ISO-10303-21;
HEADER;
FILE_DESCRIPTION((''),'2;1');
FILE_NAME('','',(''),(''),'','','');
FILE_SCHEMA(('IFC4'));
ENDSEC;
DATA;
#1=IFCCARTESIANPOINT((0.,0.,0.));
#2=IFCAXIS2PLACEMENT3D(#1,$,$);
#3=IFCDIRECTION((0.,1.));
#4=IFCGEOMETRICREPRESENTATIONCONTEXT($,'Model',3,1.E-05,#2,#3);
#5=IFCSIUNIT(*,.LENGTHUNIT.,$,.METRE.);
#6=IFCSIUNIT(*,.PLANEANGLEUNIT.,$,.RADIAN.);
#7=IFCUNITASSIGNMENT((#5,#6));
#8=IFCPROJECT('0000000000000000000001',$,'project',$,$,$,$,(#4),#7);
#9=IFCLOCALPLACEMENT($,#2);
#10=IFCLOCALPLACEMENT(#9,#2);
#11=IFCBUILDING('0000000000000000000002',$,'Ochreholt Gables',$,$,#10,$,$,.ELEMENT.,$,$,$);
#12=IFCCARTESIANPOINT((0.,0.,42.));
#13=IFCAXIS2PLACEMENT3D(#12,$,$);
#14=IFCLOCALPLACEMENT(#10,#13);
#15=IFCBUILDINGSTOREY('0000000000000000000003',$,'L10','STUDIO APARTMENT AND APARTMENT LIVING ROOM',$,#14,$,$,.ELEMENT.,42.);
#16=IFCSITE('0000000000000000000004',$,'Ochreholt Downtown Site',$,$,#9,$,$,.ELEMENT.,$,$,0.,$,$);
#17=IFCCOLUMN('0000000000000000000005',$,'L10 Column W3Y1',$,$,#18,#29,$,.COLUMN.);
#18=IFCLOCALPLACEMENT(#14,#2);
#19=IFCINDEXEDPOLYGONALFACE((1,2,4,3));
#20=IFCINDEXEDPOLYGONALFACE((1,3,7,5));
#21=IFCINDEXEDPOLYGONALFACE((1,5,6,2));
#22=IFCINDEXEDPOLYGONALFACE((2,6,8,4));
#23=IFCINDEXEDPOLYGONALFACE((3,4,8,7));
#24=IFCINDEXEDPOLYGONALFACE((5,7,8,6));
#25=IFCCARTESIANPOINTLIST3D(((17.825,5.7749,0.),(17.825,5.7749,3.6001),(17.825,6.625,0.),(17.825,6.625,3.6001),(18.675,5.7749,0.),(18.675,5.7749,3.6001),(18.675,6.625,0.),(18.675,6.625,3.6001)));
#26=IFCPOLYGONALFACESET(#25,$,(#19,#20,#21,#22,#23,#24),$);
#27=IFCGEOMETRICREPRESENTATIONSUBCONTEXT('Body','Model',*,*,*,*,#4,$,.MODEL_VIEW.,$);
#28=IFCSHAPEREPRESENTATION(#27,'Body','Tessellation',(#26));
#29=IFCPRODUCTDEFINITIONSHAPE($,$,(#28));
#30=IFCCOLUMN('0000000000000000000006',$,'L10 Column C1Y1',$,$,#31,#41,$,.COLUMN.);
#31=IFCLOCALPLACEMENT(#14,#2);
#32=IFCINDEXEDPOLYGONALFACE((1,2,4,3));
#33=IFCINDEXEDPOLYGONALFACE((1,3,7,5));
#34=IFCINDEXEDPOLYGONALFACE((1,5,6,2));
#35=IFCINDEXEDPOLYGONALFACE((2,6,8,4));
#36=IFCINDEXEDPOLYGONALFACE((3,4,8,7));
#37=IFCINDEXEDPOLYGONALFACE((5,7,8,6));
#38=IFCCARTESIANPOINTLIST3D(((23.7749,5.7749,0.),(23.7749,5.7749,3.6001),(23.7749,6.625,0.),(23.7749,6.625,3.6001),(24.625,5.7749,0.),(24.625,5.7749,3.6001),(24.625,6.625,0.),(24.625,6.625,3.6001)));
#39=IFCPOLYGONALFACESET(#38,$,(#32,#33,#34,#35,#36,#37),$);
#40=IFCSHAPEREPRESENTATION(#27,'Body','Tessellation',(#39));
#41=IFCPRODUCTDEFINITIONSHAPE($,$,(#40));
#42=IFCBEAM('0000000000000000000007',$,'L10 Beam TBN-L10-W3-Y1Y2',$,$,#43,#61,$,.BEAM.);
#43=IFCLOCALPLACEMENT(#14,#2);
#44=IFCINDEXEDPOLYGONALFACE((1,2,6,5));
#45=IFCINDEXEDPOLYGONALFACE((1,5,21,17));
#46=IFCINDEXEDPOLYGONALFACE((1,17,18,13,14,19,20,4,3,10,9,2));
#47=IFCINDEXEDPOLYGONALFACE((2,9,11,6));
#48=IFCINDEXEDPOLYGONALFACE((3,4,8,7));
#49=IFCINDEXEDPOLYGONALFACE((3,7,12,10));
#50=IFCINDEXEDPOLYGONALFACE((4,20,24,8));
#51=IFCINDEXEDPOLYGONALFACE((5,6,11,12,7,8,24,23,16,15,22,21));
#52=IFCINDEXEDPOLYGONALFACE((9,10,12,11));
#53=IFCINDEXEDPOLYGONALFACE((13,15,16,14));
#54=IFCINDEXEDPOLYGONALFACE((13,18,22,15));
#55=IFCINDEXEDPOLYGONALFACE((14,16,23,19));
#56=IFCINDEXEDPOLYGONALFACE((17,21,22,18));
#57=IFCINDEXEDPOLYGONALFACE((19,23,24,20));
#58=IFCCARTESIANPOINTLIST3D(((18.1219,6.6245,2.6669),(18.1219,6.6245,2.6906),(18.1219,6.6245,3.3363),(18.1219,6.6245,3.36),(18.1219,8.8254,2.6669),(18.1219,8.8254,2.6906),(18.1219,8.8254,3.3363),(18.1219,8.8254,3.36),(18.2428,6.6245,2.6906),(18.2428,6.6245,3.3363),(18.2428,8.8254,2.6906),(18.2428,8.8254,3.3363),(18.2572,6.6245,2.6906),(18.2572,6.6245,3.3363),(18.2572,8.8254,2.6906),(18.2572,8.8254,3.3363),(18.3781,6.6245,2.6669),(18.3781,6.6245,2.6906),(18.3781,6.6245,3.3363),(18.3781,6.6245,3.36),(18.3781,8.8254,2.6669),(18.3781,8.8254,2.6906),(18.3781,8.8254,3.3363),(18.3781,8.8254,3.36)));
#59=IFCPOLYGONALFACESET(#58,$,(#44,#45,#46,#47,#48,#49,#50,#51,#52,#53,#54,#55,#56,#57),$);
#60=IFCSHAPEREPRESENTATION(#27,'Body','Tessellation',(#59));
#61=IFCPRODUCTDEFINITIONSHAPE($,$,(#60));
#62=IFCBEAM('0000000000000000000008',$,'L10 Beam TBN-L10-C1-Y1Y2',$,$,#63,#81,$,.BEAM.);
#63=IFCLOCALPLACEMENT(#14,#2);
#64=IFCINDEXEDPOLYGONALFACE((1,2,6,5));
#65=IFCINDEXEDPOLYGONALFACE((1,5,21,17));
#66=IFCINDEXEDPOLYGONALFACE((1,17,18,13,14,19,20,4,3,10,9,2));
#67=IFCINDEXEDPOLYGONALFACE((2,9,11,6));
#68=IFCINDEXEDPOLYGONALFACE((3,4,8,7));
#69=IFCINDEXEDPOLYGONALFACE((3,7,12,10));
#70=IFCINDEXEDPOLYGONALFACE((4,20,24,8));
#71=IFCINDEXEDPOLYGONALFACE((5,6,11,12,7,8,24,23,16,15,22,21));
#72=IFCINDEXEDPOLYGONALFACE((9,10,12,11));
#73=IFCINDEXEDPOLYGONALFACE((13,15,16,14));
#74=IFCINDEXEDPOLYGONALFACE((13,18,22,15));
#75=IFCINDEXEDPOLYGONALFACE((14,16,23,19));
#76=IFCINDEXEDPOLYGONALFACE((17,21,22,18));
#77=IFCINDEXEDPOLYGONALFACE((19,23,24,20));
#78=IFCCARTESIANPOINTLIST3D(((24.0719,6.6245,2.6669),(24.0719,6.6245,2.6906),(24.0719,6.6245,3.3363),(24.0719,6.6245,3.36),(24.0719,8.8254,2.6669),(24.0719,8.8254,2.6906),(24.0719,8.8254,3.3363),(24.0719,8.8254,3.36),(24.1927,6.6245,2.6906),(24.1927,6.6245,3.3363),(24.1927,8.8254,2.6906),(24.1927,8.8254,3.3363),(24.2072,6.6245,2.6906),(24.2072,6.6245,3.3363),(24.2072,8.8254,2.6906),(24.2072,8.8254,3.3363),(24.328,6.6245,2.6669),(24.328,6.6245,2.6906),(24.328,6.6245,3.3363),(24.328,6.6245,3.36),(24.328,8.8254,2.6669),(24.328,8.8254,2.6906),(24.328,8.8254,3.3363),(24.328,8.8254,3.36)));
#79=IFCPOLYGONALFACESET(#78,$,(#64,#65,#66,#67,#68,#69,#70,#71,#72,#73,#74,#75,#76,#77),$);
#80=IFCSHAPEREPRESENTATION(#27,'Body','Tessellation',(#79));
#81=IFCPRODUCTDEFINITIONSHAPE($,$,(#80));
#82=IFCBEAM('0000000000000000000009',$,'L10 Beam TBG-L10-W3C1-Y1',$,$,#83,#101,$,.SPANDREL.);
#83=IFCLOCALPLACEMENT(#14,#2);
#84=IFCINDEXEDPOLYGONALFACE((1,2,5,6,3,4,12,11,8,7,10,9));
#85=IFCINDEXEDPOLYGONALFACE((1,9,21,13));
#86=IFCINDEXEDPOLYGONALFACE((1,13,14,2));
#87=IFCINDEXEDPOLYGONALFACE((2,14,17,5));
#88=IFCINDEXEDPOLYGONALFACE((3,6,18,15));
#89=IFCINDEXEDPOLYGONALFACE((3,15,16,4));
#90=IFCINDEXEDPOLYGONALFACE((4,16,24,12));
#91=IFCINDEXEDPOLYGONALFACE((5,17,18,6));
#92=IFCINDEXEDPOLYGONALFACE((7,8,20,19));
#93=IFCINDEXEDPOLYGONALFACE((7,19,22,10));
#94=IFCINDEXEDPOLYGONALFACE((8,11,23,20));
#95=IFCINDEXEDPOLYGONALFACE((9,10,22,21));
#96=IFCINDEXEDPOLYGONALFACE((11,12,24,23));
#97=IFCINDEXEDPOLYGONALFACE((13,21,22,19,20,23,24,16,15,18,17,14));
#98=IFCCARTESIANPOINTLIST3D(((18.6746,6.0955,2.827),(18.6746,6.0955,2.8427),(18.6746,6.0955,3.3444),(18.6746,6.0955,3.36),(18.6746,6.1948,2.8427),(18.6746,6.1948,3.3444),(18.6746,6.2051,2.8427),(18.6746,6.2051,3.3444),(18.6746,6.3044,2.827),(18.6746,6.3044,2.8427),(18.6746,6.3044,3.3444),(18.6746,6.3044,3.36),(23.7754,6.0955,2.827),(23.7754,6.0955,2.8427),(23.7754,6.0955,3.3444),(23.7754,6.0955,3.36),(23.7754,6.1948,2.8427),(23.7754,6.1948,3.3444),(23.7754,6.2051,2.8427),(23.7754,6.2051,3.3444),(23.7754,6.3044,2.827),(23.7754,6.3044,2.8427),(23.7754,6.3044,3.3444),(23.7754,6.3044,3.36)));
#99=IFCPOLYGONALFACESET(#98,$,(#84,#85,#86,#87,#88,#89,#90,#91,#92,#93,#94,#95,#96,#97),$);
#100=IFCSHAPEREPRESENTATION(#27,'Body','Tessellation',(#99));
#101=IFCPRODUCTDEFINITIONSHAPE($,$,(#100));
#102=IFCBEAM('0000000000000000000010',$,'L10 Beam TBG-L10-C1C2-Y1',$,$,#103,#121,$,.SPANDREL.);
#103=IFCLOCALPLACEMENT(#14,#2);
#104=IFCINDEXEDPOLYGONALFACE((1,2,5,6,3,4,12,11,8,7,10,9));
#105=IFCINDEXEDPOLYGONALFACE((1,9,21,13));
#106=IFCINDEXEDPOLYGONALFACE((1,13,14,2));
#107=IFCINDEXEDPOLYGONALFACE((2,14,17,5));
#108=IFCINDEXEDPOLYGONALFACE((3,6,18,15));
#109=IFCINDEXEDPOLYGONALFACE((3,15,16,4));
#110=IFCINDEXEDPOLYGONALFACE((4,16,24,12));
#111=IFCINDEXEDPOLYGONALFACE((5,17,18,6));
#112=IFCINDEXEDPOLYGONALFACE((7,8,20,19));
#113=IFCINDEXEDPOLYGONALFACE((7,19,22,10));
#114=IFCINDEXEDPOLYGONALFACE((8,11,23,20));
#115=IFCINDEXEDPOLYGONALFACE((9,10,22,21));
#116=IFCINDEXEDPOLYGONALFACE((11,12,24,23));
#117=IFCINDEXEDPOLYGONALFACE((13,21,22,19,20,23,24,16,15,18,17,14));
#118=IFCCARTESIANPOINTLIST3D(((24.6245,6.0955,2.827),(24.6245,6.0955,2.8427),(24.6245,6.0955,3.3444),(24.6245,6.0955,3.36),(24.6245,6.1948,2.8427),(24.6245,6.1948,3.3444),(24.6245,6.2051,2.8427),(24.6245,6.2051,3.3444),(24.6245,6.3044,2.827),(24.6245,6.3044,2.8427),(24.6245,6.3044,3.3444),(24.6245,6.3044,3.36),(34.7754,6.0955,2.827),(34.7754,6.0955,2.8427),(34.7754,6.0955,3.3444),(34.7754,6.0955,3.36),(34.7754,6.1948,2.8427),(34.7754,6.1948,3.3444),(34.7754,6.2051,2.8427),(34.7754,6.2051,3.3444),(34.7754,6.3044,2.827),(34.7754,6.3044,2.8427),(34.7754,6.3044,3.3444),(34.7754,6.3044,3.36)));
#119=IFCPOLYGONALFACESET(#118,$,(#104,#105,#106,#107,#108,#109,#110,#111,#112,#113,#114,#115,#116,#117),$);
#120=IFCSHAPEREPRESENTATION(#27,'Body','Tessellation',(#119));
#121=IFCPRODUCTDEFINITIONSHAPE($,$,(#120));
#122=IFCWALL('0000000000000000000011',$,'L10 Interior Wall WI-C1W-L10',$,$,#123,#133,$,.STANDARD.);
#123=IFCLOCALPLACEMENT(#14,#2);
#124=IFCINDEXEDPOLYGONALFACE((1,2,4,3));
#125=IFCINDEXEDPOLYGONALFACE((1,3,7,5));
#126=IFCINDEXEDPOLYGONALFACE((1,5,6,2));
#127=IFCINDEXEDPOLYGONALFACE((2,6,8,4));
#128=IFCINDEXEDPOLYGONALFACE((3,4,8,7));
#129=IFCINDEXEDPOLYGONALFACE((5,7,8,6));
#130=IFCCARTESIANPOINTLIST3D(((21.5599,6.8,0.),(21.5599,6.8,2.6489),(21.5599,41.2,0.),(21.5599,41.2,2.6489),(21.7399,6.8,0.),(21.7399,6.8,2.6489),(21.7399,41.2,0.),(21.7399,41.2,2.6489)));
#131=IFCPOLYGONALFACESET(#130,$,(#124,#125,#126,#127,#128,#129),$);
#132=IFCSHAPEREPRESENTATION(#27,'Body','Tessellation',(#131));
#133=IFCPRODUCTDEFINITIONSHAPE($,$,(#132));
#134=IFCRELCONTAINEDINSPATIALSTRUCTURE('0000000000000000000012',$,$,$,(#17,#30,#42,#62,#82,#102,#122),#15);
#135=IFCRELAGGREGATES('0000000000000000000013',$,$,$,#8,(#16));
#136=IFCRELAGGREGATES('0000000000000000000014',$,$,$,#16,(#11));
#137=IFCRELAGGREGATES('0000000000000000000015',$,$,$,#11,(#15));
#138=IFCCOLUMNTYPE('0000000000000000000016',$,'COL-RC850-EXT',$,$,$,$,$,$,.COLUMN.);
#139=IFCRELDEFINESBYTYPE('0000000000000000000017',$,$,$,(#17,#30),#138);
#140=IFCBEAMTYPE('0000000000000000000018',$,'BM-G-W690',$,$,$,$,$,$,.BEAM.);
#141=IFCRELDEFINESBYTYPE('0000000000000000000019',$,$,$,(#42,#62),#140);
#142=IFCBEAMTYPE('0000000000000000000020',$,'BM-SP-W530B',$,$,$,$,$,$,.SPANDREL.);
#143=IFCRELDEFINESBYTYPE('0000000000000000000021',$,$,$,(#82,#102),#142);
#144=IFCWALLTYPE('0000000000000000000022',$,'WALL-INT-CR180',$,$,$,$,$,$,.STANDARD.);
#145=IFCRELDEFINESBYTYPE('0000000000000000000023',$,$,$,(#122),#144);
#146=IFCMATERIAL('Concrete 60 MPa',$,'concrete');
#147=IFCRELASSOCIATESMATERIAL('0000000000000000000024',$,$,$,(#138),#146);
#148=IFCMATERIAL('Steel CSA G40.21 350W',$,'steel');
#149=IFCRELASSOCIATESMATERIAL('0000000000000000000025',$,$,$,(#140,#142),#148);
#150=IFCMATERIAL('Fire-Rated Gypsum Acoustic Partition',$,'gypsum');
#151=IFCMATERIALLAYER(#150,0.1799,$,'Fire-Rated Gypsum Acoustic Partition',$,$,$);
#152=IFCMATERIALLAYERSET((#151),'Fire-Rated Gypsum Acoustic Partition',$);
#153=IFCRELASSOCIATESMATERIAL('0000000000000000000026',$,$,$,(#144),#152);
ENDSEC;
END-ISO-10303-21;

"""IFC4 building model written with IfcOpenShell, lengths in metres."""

from ifc_helpers import new_model, si_unit, direction, frame, frame_2d, origin, origin_2d, place, context, subcontext, project, spatial, rectangle, i_section, extrude, material, layer, layer_set, material_profile, profile_set, type_object, element, save


model = new_model("IFC4")

# Units and contexts
model_context = context("Model", 3, precision=1e-05, world=origin(), true_north=direction((0.0, 1.0)))
body_context = subcontext(model_context, "Body", "Model", "MODEL_VIEW")
ifc_project = project(units=[si_unit("LENGTHUNIT", "METRE"), si_unit("PLANEANGLEUNIT", "RADIAN")], contexts=[model_context])

# Site, building, storey
site_placement = place(None, origin())
site = spatial("IfcSite", under=ifc_project, at=site_placement, Name="Ochreholt Downtown Site", CompositionType="ELEMENT", RefElevation=0.0)
building_placement = place(site_placement, origin())
building = spatial("IfcBuilding", under=site, at=building_placement, Name="Ochreholt Gables", CompositionType="ELEMENT")
storey_placement = place(building_placement, frame((0.0, 0.0, 42.0)))
storey = spatial("IfcBuildingStorey", under=building, at=storey_placement, Name="L10", Description="STUDIO APARTMENT AND APARTMENT LIVING ROOM", CompositionType="ELEMENT", Elevation=42.0)

# Columns
ifc_material_1 = material(Name="Concrete 60 MPa", Category="concrete")
ifc_material_profile_1 = material_profile(ifc_material_1, rectangle(XDim=0.8501, YDim=0.8501, at=origin_2d()), Name="RC850X850")
ifc_profile_set_1 = profile_set([ifc_material_profile_1], Name="Concrete 60 MPa")
column_type = type_object("IfcColumnType", Name="COL-RC850-EXT", PredefinedType="COLUMN", material=ifc_profile_set_1)
for number, where, z_axis, x_axis, name in (
    (1, (18.25, 6.2, 0.0), (0.0, 0.0, 1.0), (1.0, 0.0, 0.0), "L10 Column W3Y1"),
    (2, (24.2, 6.2, 0.0), (0.0, 0.0, 1.0), (1.0, 0.0, 0.0), "L10 Column C1Y1"),
):
    element("IfcColumn", number, at=place(storey_placement, frame(where, z_axis=z_axis, x_axis=x_axis)), inside=storey, type_object=column_type, Name=name, PredefinedType="COLUMN", context=body_context, shape_type="SweptSolid", body=[
        extrude(rectangle(XDim=0.8501, YDim=0.8501, at=origin_2d()), origin(), (0.0, 0.0, 1.0), 3.6001),
    ])

# Beams
ifc_material_2 = material(Name="Steel CSA G40.21 350W", Category="steel")
ifc_material_profile_2 = material_profile(ifc_material_2, i_section(OverallWidth=0.2561, OverallDepth=0.6931, WebThickness=0.0144, FlangeThickness=0.0237, at=origin_2d()), Name="W690X170")
ifc_profile_set_2 = profile_set([ifc_material_profile_2], Name="Steel CSA G40.21 350W")
beam_type_1 = type_object("IfcBeamType", Name="BM-G-W690", PredefinedType="BEAM", material=ifc_profile_set_2)
for number, where, z_axis, x_axis, name in (
    (3, (18.25, 6.6245, 3.0134), (0.0, 1.0, 0.0), (-1.0, 0.0, 0.0), "L10 Beam TBN-L10-W3-Y1Y2"),
    (4, (24.2, 6.6245, 3.0134), (0.0, 1.0, 0.0), (-1.0, 0.0, 0.0), "L10 Beam TBN-L10-C1-Y1Y2"),
):
    element("IfcBeam", number, at=place(storey_placement, frame(where, z_axis=z_axis, x_axis=x_axis)), inside=storey, type_object=beam_type_1, Name=name, PredefinedType="BEAM", context=body_context, shape_type="SweptSolid", body=[
        extrude(i_section(OverallWidth=0.2561, OverallDepth=0.6931, WebThickness=0.0144, FlangeThickness=0.0237, at=origin_2d()), origin(), (0.0, 0.0, 1.0), 2.2009),
    ])
ifc_material_profile_3 = material_profile(ifc_material_2, i_section(OverallWidth=0.209, OverallDepth=0.533, WebThickness=0.0103, FlangeThickness=0.0156, at=origin_2d()), Name="W530X92")
ifc_profile_set_3 = profile_set([ifc_material_profile_3], Name="Steel CSA G40.21 350W")
beam_type_2 = type_object("IfcBeamType", Name="BM-SP-W530B", PredefinedType="SPANDREL", material=ifc_profile_set_3)
beam_1_placement = place(storey_placement, frame((18.6746, 6.2, 3.0935), z_axis=(1.0, 0.0, 0.0), x_axis=(0.0, 1.0, 0.0)))
element("IfcBeam", 5, at=beam_1_placement, inside=storey, type_object=beam_type_2, Name="L10 Beam TBG-L10-W3C1-Y1", PredefinedType="SPANDREL", context=body_context, shape_type="SweptSolid", body=[
    extrude(i_section(OverallWidth=0.209, OverallDepth=0.533, WebThickness=0.0103, FlangeThickness=0.0156, at=origin_2d()), origin(), (0.0, 0.0, 1.0), 5.1008),
])
beam_2_placement = place(storey_placement, frame((24.6245, 6.2, 3.0935), z_axis=(1.0, 0.0, 0.0), x_axis=(0.0, 1.0, 0.0)))
element("IfcBeam", 6, at=beam_2_placement, inside=storey, type_object=beam_type_2, Name="L10 Beam TBG-L10-C1C2-Y1", PredefinedType="SPANDREL", context=body_context, shape_type="SweptSolid", body=[
    extrude(i_section(OverallWidth=0.209, OverallDepth=0.533, WebThickness=0.0103, FlangeThickness=0.0156, at=origin_2d()), origin(), (0.0, 0.0, 1.0), 10.1509),
])

# Wall
ifc_material_3 = material(Name="Fire-Rated Gypsum Acoustic Partition", Category="gypsum")
ifc_layer_1 = layer(ifc_material_3, 0.1799, Name="Fire-Rated Gypsum Acoustic Partition")
ifc_layer_set_1 = layer_set([ifc_layer_1], Name="Fire-Rated Gypsum Acoustic Partition")
wall_type_1 = type_object("IfcWallType", Name="WALL-INT-CR180", PredefinedType="STANDARD", material=ifc_layer_set_1)
wall_1_placement = place(storey_placement, frame((21.6499, 6.8, 0.0), z_axis=(0.0, 0.0, 1.0), x_axis=(0.0, 1.0, 0.0)))
element("IfcWall", 7, at=wall_1_placement, inside=storey, type_object=wall_type_1, Name="L10 Interior Wall WI-C1W-L10", PredefinedType="STANDARD", context=body_context, shape_type="SweptSolid", body=[
    extrude(rectangle(XDim=34.3999, YDim=0.1799, at=frame_2d((17.2, 0.0))), origin(), (0.0, 0.0, 1.0), 2.6489),
])

save(model, "model.ifc")
